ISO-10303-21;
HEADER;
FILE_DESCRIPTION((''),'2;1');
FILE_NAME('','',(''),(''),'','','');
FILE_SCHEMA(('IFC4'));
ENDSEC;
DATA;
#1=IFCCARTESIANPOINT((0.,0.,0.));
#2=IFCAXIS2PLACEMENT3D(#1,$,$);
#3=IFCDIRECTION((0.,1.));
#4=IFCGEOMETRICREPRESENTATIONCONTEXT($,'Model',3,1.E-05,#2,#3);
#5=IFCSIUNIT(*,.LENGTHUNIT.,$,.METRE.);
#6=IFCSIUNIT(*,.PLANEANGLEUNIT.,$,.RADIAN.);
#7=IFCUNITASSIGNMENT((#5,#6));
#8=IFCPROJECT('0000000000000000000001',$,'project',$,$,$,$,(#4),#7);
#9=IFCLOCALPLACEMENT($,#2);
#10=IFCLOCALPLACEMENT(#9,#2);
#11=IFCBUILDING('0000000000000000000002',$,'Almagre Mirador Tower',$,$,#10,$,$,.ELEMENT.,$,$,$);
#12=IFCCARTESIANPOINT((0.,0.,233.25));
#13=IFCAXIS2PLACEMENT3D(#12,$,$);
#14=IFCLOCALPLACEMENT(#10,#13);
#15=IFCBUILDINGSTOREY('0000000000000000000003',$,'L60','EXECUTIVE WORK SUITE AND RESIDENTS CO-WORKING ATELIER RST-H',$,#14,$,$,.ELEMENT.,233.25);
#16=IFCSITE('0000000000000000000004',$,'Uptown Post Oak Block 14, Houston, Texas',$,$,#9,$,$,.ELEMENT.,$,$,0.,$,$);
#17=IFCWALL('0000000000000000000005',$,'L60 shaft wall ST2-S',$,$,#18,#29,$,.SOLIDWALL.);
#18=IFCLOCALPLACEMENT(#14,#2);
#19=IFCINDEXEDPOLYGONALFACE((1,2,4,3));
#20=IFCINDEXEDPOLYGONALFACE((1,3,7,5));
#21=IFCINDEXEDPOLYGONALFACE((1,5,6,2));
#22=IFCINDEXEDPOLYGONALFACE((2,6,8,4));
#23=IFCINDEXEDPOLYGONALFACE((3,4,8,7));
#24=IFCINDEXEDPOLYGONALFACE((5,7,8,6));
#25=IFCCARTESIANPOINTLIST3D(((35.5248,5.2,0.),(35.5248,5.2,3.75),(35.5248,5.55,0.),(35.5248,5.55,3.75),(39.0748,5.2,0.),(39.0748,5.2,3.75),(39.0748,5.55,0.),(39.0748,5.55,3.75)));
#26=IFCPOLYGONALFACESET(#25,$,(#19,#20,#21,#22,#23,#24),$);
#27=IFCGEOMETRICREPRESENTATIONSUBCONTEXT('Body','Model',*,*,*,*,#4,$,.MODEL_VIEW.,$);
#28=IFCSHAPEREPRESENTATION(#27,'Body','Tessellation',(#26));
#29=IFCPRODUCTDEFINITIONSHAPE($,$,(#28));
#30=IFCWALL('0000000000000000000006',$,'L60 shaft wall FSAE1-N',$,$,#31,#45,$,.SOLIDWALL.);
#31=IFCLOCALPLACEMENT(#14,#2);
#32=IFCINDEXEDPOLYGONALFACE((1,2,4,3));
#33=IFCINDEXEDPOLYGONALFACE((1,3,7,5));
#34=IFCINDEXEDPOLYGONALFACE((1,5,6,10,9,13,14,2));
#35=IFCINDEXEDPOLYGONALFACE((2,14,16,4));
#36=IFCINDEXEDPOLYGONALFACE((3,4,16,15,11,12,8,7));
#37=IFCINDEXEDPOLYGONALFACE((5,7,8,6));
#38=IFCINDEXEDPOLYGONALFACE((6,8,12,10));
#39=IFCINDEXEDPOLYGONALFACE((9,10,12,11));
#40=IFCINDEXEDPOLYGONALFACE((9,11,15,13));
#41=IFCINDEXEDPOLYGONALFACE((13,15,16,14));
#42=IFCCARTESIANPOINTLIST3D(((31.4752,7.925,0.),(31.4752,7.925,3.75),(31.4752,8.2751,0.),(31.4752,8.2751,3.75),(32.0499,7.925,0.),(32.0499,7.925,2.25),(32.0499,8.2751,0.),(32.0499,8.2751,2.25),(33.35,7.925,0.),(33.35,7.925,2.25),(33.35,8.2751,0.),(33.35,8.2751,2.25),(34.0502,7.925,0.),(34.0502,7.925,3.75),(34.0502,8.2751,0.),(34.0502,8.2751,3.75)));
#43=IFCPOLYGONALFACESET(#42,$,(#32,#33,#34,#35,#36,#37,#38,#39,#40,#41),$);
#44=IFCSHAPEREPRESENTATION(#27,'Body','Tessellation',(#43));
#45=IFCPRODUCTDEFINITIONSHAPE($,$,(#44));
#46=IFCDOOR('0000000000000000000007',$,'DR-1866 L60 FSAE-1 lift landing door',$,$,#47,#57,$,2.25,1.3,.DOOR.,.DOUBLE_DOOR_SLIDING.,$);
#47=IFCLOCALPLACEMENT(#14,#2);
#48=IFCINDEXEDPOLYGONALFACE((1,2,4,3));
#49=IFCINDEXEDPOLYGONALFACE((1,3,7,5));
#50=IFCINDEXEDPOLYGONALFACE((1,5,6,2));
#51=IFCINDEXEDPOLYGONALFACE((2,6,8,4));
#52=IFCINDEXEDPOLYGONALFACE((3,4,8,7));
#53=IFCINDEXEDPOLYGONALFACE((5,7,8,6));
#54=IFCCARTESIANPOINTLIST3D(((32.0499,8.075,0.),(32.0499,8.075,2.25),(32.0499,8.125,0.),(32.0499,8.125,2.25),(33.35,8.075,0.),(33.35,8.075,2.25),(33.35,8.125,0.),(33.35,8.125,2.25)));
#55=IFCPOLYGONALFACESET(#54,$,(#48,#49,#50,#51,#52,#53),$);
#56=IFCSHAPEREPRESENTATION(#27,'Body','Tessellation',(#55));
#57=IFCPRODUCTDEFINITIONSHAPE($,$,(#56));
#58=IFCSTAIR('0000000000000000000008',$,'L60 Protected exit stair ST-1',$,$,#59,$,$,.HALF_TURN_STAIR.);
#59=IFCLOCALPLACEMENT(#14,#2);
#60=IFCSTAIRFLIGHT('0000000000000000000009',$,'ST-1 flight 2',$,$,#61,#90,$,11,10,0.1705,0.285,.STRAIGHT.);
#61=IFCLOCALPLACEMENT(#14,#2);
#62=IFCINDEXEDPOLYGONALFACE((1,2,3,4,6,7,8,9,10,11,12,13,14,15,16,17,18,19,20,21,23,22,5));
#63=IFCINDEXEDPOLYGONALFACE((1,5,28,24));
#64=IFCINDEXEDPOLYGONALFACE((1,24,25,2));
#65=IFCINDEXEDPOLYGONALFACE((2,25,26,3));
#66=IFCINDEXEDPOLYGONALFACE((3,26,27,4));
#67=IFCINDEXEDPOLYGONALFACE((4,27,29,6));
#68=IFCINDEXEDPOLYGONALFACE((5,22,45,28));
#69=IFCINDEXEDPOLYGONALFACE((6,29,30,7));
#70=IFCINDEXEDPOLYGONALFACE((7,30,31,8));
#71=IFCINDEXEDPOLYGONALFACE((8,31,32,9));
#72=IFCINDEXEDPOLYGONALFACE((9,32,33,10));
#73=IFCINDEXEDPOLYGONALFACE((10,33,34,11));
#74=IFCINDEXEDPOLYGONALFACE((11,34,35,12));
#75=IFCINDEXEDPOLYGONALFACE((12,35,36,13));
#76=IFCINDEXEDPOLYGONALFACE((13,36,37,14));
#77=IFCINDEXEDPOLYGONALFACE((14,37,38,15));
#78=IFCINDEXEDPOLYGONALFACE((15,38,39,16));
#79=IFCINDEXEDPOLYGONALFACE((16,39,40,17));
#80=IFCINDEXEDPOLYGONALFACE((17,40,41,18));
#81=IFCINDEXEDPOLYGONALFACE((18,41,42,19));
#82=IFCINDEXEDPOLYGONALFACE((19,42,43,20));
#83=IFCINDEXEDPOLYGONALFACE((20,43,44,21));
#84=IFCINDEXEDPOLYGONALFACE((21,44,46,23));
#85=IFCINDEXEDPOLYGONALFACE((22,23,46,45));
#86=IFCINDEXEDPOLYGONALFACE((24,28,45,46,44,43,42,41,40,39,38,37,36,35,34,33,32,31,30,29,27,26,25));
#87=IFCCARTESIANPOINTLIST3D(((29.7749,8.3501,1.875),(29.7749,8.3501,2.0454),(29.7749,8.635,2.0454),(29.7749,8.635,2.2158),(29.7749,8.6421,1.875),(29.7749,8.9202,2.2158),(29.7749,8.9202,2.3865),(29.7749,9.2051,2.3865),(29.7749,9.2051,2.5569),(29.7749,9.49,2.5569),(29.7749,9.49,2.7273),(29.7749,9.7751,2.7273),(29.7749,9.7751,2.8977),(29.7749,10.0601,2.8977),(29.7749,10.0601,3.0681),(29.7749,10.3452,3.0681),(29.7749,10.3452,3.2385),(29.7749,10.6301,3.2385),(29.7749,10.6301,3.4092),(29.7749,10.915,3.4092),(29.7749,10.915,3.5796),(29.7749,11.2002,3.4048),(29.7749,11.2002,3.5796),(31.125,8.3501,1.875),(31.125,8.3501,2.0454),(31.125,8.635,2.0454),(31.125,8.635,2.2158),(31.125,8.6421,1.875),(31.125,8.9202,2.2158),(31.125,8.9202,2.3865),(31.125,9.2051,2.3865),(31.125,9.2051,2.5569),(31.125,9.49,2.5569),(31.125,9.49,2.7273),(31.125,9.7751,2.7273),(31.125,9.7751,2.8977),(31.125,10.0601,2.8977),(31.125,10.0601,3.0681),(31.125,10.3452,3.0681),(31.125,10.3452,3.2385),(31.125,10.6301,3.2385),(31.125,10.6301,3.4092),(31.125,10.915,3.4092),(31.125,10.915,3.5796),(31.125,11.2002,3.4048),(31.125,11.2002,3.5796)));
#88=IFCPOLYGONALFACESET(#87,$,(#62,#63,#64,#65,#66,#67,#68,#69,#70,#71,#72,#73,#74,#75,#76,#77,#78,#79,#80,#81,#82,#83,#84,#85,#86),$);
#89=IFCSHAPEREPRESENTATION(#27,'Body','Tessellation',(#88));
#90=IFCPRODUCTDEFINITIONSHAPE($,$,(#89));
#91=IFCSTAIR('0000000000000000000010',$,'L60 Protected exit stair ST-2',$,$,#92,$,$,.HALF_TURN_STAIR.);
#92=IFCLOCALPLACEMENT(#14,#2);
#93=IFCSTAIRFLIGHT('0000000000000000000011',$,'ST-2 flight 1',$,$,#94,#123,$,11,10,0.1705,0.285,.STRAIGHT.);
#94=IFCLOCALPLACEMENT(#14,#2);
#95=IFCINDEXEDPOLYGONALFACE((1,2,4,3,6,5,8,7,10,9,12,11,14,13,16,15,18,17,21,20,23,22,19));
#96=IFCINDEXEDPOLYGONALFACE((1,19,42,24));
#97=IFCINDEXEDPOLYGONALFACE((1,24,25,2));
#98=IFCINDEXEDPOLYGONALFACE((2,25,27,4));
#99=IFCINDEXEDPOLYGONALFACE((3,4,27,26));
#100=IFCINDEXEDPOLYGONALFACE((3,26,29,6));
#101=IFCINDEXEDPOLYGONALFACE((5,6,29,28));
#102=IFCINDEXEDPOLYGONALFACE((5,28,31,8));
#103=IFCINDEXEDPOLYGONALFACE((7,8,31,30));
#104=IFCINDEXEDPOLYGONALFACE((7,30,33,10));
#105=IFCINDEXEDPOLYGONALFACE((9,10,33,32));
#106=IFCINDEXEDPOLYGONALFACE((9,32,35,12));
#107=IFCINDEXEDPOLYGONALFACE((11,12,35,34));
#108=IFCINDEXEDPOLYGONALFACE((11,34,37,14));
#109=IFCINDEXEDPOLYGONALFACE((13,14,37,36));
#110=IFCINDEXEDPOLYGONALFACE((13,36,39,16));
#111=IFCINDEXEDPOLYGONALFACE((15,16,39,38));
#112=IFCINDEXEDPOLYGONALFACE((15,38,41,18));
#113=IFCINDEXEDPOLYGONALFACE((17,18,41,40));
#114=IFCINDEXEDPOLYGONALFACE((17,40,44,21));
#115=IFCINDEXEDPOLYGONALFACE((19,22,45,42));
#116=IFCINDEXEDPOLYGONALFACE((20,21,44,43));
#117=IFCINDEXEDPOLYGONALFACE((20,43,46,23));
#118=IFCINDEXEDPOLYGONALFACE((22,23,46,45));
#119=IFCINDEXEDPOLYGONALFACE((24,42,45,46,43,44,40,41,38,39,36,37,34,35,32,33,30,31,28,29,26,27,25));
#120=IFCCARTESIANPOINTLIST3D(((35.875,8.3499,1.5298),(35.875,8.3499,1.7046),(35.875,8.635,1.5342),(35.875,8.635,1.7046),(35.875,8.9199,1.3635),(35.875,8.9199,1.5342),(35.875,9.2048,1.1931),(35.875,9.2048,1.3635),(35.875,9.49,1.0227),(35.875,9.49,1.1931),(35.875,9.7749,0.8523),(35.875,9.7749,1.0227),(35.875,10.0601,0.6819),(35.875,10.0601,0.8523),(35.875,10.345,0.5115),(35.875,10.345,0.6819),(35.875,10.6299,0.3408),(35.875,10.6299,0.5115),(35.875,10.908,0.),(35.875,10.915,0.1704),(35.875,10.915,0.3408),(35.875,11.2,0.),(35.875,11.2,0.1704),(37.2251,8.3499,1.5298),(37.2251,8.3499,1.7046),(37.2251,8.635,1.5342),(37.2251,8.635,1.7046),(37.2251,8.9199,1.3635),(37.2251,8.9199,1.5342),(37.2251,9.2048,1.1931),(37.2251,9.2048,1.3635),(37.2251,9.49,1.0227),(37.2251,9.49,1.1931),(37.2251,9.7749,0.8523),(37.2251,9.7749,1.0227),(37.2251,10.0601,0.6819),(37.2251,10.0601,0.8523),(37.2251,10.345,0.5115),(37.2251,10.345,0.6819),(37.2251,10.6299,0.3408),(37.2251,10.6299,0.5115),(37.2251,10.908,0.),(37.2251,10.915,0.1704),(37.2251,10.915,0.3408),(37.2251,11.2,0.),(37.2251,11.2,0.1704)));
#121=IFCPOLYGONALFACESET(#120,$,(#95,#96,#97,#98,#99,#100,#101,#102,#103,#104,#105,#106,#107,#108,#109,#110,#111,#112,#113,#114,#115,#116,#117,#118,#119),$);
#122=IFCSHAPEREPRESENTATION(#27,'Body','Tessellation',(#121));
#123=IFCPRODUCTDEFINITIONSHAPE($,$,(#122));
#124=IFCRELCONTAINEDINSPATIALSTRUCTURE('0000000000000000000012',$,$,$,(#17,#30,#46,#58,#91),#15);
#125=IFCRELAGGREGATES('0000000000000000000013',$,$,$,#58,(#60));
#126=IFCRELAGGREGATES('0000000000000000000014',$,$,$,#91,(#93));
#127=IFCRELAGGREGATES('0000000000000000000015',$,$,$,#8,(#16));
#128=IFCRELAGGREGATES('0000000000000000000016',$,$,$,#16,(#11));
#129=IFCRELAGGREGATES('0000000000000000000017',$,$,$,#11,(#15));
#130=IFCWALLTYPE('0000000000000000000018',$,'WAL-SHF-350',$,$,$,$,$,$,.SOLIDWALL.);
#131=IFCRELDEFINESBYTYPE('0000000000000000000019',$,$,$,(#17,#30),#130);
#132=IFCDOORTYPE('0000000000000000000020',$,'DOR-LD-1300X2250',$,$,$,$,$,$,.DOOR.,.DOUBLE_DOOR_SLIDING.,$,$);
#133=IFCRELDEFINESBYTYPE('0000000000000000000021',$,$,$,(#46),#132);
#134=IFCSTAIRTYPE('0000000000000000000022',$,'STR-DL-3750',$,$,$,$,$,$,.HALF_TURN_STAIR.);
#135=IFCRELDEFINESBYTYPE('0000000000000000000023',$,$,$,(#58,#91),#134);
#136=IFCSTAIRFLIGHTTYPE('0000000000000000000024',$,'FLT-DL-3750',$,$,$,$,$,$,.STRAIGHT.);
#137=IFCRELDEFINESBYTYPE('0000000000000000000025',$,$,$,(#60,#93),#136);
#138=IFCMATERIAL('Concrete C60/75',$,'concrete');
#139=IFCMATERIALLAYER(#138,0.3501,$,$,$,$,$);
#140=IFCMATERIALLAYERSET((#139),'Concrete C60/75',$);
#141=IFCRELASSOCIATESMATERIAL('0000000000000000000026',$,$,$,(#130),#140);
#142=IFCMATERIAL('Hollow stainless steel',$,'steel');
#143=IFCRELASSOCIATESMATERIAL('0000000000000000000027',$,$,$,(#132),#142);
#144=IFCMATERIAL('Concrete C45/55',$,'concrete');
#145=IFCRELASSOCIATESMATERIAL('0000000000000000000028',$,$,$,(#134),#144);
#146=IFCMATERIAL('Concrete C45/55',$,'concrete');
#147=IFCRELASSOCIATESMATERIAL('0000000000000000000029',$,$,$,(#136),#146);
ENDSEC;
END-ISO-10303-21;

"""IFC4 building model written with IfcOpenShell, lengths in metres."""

from ifc_helpers import new_model, si_unit, direction, frame, frame_2d, origin, place, context, subcontext, project, spatial, polyline, rectangle, outline, extrude, material, layer, layer_set, type_object, element, fill, aggregate, save


model = new_model("IFC4")

# Units and contexts
model_context = context("Model", 3, precision=1e-05, world=origin(), true_north=direction((0.0, 1.0)))
body_context = subcontext(model_context, "Body", "Model", "MODEL_VIEW")
ifc_project = project(units=[si_unit("LENGTHUNIT", "METRE"), si_unit("PLANEANGLEUNIT", "RADIAN")], contexts=[model_context])

# Site, building, storey
site_placement = place(None, origin())
site = spatial("IfcSite", under=ifc_project, at=site_placement, Name="Uptown Post Oak Block 14, Houston, Texas", CompositionType="ELEMENT", RefElevation=0.0)
building_placement = place(site_placement, origin())
building = spatial("IfcBuilding", under=site, at=building_placement, Name="Almagre Mirador Tower", CompositionType="ELEMENT")
storey_placement = place(building_placement, frame((0.0, 0.0, 233.25)))
storey = spatial("IfcBuildingStorey", under=building, at=storey_placement, Name="L60", Description="EXECUTIVE WORK SUITE AND RESIDENTS CO-WORKING ATELIER RST-H", CompositionType="ELEMENT", Elevation=233.25)

# Wall
ifc_material_1 = material(Name="Concrete C60/75", Category="concrete")
ifc_layer_1 = layer(ifc_material_1, 0.3501)
ifc_layer_set_1 = layer_set([ifc_layer_1], Name="Concrete C60/75")
wall_type_1 = type_object("IfcWallType", Name="WAL-SHF-350", PredefinedType="SOLIDWALL", material=ifc_layer_set_1)
wall_1_placement = place(storey_placement, frame((35.5249, 5.375, 0.0), z_axis=(0.0, 0.0, 1.0), x_axis=(1.0, 0.0, 0.0)))
element("IfcWall", 1, at=wall_1_placement, inside=storey, type_object=wall_type_1, Name="L60 shaft wall ST2-S", PredefinedType="SOLIDWALL", context=body_context, shape_type="SweptSolid", body=[
    extrude(rectangle(XDim=3.55, YDim=0.3501, at=frame_2d((1.7749, 0.0))), origin(), (0.0, 0.0, 1.0), 3.75),
])

# Wall, opening, door
wall_2_placement = place(storey_placement, frame((31.4751, 8.1001, 0.0), z_axis=(0.0, 0.0, 1.0), x_axis=(1.0, 0.0, 0.0)))
wall_2 = element("IfcWall", 2, at=wall_2_placement, inside=storey, type_object=wall_type_1, Name="L60 shaft wall FSAE1-N", PredefinedType="SOLIDWALL", context=body_context, shape_type="SweptSolid", body=[
    extrude(rectangle(XDim=2.575, YDim=0.3501, at=frame_2d((1.2876, 0.0))), origin(), (0.0, 0.0, 1.0), 3.75),
])
opening_1_placement = place(wall_2_placement, frame((0.575, 0.0, 0.0)))
opening_1 = element("IfcOpeningElement", 3, at=opening_1_placement, cuts=wall_2, PredefinedType="OPENING", context=body_context, shape_type="SweptSolid", body=[
    extrude(rectangle(XDim=1.3, YDim=2.25, at=frame_2d((0.6499, 1.125))), frame((0.0, 0.185, 0.0), z_axis=(0.0, -1.0, 0.0), x_axis=(1.0, 0.0, 0.0)), (0.0, 0.0, 1.0), 0.3701),
])
ifc_material_2 = material(Name="Hollow stainless steel", Category="steel")
door_type_1 = type_object("IfcDoorType", Name="DOR-LD-1300X2250", OperationType="DOUBLE_DOOR_SLIDING", PredefinedType="DOOR", material=ifc_material_2)
door_1_placement = place(opening_1_placement, origin())
door_1 = element("IfcDoor", 4, at=door_1_placement, inside=storey, type_object=door_type_1, Name="DR-1866 L60 FSAE-1 lift landing door", OperationType="DOUBLE_DOOR_SLIDING", OverallHeight=2.25, OverallWidth=1.3, PredefinedType="DOOR", context=body_context, shape_type="SweptSolid", body=[
    extrude(rectangle(XDim=1.3, YDim=2.25, at=frame_2d((0.6499, 1.125))), frame((0.0, 0.0249, 0.0), z_axis=(0.0, -1.0, 0.0), x_axis=(1.0, 0.0, 0.0)), (0.0, 0.0, 1.0), 0.05),
])
fill(opening_1, door_1)

# Stairs, stair flights
ifc_material_3 = material(Name="Concrete C45/55", Category="concrete")
stair_type = type_object("IfcStairType", Name="STR-DL-3750", PredefinedType="HALF_TURN_STAIR", material=ifc_material_3)
stair_1_placement = place(storey_placement, origin())
stair_1 = element("IfcStair", 5, at=stair_1_placement, inside=storey, type_object=stair_type, Name="L60 Protected exit stair ST-1", PredefinedType="HALF_TURN_STAIR")
ifc_material_4 = material(Name="Concrete C45/55", Category="concrete")
stair_flight_type = type_object("IfcStairFlightType", Name="FLT-DL-3750", PredefinedType="STRAIGHT", material=ifc_material_4)
stair_flight_1_placement = place(storey_placement, frame((30.45, 8.3501, 1.875), z_axis=(0.0, 0.0, 1.0), x_axis=(0.0, 1.0, 0.0)))
stair_flight_1 = element("IfcStairFlight", 6, at=stair_flight_1_placement, type_object=stair_flight_type, Name="ST-1 flight 2", NumberOfRisers=11, NumberOfTreads=10, PredefinedType="STRAIGHT", RiserHeight=0.1705, TreadLength=0.285, context=body_context, shape_type="SweptSolid", body=[
    extrude(outline(polyline([(0.0, 0.0), (0.0, 0.1704), (0.2849, 0.1704), (0.2849, 0.3408), (0.5701, 0.3408), (0.5701, 0.5115), (0.855, 0.5115), (0.855, 0.6819), (1.1399, 0.6819), (1.1399, 0.8523), (1.425, 0.8523), (1.425, 1.0227), (1.71, 1.0227), (1.71, 1.1931), (1.9951, 1.1931), (1.9951, 1.3635), (2.28, 1.3635), (2.28, 1.5342), (2.5649, 1.5342), (2.5649, 1.7046), (2.8501, 1.7046), (2.8501, 1.875), (2.8501, 1.5298), (0.292, 0.0), (0.0, 0.0)])), frame((0.0, 0.675, 0.0), z_axis=(0.0, -1.0, 0.0), x_axis=(1.0, 0.0, 0.0)), (0.0, 0.0, 1.0), 1.3501),
])
aggregate(stair_1, [stair_flight_1])
stair_2_placement = place(storey_placement, origin())
stair_2 = element("IfcStair", 7, at=stair_2_placement, inside=storey, type_object=stair_type, Name="L60 Protected exit stair ST-2", PredefinedType="HALF_TURN_STAIR")
stair_flight_2_placement = place(storey_placement, frame((36.55, 11.2, 0.0), z_axis=(0.0, 0.0, 1.0), x_axis=(0.0, -1.0, 0.0)))
stair_flight_2 = element("IfcStairFlight", 8, at=stair_flight_2_placement, type_object=stair_flight_type, Name="ST-2 flight 1", NumberOfRisers=11, NumberOfTreads=10, PredefinedType="STRAIGHT", RiserHeight=0.1705, TreadLength=0.285, context=body_context, shape_type="SweptSolid", body=[
    extrude(outline(polyline([(0.0, 0.0), (0.0, 0.1704), (0.2849, 0.1704), (0.2849, 0.3408), (0.5701, 0.3408), (0.5701, 0.5115), (0.855, 0.5115), (0.855, 0.6819), (1.1399, 0.6819), (1.1399, 0.8523), (1.425, 0.8523), (1.425, 1.0227), (1.71, 1.0227), (1.71, 1.1931), (1.9951, 1.1931), (1.9951, 1.3635), (2.28, 1.3635), (2.28, 1.5342), (2.5649, 1.5342), (2.5649, 1.7046), (2.8501, 1.7046), (2.8501, 1.875), (2.8501, 1.5298), (0.292, 0.0), (0.0, 0.0)])), frame((0.0, 0.675, 0.0), z_axis=(0.0, -1.0, 0.0), x_axis=(1.0, 0.0, 0.0)), (0.0, 0.0, 1.0), 1.3501),
])
aggregate(stair_2, [stair_flight_2])

save(model, "model.ifc")
